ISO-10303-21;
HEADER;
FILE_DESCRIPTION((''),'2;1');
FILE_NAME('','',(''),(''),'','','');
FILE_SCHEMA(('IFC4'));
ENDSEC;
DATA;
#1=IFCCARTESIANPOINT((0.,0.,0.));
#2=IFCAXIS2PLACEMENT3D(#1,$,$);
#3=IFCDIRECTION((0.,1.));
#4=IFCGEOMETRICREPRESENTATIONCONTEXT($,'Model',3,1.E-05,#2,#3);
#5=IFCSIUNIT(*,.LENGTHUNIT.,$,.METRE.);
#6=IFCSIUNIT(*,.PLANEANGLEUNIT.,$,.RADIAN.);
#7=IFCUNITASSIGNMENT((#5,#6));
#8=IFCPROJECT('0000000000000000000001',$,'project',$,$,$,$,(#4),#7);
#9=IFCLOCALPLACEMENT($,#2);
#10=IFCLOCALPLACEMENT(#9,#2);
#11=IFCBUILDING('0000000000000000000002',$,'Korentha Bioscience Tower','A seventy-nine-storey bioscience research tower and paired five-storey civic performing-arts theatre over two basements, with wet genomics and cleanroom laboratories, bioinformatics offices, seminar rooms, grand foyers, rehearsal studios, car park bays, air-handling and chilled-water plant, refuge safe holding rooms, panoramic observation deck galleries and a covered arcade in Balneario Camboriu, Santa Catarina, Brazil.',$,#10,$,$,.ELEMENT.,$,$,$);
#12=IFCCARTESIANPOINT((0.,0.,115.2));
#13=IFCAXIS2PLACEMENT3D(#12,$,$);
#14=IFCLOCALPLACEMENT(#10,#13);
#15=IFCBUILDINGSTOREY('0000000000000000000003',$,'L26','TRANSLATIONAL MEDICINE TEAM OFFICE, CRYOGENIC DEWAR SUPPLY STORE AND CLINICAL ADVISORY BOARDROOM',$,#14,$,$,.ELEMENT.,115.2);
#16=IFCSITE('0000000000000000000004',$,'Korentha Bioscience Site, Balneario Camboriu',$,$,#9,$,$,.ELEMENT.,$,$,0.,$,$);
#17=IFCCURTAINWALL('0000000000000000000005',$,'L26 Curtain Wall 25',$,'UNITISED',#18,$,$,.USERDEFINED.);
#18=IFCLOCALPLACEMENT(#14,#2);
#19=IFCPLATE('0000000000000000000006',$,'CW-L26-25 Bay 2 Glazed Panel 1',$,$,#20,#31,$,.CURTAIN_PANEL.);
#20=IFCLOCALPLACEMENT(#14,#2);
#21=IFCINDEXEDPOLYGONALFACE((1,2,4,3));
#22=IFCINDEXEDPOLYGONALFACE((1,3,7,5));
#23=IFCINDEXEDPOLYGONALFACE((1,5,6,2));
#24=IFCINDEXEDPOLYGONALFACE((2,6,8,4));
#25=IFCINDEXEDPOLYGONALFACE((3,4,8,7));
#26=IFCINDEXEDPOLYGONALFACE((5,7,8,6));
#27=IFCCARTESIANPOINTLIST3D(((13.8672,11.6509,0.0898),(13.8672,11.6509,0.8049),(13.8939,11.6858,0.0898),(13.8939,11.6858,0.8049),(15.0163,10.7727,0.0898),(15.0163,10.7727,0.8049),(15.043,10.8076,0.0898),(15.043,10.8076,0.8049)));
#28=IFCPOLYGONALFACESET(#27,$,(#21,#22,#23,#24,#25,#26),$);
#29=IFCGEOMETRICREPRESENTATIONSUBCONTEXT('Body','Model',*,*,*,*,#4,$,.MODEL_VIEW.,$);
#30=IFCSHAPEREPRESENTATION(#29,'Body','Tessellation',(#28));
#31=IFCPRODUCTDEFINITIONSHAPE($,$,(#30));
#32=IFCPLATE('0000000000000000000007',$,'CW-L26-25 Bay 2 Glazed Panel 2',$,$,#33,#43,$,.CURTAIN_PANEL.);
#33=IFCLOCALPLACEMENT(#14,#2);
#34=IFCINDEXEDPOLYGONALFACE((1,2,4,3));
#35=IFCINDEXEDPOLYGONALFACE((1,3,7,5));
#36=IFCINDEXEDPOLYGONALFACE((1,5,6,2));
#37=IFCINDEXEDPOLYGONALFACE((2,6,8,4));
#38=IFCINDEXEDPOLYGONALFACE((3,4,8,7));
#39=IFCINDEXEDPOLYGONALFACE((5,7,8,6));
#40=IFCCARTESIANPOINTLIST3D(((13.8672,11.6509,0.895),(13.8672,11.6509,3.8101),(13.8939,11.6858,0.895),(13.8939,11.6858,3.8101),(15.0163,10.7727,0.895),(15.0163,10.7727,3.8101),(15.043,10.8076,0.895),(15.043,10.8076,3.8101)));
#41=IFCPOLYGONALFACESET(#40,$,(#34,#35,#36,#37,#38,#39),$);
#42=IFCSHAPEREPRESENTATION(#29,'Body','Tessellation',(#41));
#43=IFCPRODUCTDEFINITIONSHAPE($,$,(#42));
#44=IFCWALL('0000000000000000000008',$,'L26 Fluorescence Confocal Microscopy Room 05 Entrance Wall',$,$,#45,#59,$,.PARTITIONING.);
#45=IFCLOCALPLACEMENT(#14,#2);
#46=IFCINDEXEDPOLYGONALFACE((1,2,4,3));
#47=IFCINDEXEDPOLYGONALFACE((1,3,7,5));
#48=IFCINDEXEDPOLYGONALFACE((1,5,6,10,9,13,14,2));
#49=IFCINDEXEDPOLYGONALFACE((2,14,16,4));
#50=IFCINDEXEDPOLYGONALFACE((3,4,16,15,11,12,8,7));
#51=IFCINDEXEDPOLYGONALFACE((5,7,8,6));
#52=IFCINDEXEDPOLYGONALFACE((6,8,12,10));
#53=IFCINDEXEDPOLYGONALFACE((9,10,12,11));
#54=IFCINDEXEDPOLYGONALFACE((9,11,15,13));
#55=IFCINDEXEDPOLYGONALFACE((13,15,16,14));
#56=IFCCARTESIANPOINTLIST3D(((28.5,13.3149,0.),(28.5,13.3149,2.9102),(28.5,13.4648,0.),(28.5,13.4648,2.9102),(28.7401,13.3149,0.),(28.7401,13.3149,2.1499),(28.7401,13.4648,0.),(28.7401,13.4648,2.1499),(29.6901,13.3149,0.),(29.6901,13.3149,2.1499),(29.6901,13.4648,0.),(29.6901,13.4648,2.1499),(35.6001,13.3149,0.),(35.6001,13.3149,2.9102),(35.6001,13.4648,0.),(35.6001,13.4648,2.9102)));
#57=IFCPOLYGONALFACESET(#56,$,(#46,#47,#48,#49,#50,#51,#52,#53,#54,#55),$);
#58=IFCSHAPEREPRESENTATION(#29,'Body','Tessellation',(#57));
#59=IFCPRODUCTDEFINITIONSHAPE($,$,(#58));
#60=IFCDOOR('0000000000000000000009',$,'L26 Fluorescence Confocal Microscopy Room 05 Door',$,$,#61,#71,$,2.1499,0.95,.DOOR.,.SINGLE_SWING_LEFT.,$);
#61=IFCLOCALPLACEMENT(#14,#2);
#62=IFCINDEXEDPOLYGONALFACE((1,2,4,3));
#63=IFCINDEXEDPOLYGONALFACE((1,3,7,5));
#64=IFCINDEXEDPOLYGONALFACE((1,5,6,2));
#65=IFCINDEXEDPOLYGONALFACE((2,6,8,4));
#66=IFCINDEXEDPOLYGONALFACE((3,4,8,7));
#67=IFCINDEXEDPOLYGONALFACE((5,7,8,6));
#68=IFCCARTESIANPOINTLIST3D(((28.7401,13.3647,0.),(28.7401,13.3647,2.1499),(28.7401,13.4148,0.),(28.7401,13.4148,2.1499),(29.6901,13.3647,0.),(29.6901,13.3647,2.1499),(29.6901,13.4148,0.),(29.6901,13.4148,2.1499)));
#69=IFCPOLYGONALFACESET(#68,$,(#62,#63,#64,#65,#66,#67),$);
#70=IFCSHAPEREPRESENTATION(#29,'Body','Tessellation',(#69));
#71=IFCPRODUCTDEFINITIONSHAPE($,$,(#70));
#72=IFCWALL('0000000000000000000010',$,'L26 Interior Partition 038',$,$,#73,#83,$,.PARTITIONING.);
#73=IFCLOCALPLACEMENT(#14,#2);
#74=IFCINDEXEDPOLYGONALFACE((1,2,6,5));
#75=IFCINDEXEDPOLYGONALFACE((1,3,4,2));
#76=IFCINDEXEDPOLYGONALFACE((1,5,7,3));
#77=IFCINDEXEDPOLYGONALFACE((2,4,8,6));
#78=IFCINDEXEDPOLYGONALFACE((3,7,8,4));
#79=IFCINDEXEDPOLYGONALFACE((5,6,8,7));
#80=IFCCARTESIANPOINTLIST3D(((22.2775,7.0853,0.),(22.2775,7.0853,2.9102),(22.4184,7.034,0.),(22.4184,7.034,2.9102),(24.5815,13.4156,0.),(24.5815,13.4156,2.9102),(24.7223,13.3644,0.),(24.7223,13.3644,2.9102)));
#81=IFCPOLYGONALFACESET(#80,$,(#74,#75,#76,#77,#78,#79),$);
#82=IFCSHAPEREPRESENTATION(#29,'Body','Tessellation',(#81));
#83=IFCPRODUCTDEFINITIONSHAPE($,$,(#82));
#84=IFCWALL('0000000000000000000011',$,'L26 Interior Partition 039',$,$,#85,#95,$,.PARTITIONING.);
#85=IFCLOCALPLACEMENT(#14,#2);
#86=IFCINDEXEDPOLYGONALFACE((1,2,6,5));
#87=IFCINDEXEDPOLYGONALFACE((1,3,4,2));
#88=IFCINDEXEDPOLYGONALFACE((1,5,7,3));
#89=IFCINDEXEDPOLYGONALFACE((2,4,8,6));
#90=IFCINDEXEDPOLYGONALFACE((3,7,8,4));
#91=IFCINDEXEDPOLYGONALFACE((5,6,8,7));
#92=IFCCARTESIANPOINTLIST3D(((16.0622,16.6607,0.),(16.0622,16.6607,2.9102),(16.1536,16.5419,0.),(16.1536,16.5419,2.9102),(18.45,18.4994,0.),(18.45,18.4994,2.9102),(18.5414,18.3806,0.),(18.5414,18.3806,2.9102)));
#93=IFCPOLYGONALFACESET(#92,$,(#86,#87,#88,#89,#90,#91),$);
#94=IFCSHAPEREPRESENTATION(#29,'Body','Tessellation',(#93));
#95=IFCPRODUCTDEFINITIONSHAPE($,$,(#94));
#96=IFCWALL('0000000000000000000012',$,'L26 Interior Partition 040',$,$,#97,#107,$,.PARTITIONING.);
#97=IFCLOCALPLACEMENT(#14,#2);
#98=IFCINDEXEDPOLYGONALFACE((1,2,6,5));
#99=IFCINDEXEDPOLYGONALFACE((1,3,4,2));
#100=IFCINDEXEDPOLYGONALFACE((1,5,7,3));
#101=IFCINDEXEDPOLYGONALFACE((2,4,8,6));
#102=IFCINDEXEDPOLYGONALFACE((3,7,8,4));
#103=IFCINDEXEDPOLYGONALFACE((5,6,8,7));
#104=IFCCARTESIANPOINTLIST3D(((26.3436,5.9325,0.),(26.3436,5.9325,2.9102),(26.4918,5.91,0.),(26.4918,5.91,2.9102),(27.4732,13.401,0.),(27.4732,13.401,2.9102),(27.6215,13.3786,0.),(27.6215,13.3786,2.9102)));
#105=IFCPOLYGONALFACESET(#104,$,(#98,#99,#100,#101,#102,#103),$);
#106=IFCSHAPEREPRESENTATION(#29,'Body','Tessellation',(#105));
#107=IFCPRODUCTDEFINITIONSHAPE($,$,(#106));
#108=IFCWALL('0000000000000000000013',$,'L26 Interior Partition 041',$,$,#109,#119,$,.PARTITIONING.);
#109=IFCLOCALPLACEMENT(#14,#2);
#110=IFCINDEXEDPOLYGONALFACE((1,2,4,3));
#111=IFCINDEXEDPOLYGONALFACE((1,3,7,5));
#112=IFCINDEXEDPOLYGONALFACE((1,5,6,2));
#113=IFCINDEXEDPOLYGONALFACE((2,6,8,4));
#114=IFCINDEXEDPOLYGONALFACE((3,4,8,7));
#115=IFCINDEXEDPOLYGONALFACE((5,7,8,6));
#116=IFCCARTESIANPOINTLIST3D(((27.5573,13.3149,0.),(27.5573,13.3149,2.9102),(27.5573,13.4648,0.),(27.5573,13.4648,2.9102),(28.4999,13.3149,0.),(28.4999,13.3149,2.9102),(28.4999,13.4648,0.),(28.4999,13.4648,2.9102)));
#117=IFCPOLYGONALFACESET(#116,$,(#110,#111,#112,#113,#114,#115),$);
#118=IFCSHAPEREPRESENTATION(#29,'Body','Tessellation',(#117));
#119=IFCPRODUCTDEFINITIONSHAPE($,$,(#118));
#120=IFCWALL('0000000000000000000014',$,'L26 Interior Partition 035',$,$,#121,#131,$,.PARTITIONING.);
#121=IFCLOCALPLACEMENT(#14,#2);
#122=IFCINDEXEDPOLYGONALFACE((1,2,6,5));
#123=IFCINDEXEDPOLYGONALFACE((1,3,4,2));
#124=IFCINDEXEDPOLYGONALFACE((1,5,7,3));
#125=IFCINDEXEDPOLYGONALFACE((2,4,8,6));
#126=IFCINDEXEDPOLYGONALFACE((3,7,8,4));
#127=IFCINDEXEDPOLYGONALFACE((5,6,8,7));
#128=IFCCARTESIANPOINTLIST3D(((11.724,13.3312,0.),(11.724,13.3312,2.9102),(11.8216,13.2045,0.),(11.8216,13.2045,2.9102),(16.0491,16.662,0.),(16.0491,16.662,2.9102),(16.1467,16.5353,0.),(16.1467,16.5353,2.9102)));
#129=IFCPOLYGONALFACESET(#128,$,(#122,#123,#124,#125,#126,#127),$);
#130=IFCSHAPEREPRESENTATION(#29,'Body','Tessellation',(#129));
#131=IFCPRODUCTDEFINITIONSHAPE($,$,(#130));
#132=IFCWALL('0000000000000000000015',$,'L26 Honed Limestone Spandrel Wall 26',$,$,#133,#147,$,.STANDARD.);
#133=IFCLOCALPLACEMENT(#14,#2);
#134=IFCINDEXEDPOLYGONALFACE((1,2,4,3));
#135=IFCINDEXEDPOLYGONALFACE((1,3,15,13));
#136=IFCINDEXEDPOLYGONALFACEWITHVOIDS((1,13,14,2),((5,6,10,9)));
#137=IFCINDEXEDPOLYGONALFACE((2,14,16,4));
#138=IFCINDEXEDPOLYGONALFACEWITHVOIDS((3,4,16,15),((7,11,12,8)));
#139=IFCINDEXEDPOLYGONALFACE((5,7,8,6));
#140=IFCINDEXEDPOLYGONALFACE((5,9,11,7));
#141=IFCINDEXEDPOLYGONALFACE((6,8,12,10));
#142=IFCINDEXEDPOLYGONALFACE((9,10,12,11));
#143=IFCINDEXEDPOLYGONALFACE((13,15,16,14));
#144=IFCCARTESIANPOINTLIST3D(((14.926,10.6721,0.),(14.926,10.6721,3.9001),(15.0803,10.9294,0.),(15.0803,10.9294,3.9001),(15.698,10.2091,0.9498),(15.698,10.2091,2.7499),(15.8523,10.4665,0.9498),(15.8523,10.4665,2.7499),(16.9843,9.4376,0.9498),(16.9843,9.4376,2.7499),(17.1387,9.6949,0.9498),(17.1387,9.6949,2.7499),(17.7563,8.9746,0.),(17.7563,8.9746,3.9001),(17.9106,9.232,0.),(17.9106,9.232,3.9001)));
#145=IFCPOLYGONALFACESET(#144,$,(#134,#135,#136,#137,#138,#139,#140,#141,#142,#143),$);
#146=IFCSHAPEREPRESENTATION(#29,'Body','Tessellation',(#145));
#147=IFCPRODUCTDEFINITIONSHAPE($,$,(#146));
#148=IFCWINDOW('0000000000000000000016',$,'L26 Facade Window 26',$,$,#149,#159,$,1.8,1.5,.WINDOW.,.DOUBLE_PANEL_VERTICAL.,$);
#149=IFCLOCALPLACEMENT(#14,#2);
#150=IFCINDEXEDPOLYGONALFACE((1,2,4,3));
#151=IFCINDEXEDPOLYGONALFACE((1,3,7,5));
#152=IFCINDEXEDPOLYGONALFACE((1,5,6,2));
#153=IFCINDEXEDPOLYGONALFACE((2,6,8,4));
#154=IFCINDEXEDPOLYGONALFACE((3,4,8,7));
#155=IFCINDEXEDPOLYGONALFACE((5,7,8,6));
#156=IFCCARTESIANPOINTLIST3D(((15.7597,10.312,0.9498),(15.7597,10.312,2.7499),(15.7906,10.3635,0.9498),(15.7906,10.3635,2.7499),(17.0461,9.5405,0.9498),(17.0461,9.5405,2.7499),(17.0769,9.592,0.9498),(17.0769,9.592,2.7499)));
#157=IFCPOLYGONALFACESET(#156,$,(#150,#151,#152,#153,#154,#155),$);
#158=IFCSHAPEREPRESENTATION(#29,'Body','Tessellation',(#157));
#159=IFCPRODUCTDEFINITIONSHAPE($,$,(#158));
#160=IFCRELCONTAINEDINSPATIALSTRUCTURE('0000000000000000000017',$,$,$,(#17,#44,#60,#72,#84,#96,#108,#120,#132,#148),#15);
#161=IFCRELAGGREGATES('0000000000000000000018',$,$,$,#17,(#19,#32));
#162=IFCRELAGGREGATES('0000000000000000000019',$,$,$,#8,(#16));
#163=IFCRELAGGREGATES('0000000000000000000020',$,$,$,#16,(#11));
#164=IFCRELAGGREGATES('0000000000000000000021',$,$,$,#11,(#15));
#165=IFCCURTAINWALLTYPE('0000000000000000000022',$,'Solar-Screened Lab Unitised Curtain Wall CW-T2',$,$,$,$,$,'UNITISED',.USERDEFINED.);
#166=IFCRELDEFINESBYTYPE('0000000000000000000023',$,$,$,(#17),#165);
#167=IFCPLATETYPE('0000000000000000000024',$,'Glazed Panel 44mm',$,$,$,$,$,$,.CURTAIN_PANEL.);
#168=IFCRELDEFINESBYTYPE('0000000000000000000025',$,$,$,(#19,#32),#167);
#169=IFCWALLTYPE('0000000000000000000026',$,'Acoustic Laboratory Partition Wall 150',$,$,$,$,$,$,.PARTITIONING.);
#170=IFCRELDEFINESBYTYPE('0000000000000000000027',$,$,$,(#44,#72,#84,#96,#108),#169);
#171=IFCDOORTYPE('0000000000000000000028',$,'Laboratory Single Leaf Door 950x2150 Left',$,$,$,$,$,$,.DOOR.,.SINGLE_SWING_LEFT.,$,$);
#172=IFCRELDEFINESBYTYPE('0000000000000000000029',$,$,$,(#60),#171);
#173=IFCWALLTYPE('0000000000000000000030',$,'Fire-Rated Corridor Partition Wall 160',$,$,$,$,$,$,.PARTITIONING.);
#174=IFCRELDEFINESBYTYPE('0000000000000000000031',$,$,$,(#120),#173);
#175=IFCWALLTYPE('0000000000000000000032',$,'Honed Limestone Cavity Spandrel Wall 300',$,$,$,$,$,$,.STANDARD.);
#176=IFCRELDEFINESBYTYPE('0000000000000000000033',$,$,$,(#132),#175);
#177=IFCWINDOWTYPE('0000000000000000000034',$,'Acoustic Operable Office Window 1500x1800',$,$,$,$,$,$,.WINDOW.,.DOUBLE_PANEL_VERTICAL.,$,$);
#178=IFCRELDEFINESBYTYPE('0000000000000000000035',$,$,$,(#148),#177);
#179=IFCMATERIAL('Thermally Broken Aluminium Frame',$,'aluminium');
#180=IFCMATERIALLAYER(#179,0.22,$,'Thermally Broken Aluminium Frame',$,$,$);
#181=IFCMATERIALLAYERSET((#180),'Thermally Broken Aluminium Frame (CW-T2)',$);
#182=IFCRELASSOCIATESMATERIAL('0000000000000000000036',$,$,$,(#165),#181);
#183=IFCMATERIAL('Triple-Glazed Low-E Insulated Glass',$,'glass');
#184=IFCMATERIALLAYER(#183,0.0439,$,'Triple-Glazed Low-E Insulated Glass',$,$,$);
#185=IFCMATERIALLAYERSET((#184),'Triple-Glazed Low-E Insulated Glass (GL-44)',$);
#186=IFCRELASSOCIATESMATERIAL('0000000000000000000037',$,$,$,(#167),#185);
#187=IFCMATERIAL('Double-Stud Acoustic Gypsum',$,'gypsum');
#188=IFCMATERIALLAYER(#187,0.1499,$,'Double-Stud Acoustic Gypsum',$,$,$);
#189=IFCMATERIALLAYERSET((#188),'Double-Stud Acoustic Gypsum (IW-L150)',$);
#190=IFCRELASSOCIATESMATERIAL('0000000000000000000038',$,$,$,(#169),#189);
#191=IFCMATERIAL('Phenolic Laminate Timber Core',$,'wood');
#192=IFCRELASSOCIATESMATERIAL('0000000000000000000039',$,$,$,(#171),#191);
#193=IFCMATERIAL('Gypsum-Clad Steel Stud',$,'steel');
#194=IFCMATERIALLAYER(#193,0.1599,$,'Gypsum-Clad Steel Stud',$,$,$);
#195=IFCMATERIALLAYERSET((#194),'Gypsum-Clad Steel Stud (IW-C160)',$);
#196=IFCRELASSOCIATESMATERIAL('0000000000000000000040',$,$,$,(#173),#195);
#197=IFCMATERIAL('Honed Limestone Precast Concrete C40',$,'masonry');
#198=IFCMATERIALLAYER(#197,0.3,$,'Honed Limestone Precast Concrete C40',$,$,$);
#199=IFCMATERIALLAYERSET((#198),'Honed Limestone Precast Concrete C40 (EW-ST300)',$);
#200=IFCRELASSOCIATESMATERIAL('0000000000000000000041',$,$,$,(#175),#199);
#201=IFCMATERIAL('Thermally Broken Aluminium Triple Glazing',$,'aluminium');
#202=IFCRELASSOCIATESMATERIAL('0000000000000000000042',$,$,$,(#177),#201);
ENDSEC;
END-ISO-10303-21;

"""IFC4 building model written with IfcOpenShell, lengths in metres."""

from ifc_helpers import new_model, si_unit, direction, frame, frame_2d, origin, origin_2d, place, context, subcontext, project, spatial, rectangle, extrude, material, layer, layer_set, type_object, element, fill, aggregate, save


model = new_model("IFC4")

# Units and contexts
model_context = context("Model", 3, precision=1e-05, world=origin(), true_north=direction((0.0, 1.0)))
body_context = subcontext(model_context, "Body", "Model", "MODEL_VIEW")
ifc_project = project(units=[si_unit("LENGTHUNIT", "METRE"), si_unit("PLANEANGLEUNIT", "RADIAN")], contexts=[model_context])

# Site, building, storey
site_placement = place(None, origin())
site = spatial("IfcSite", under=ifc_project, at=site_placement, Name="Korentha Bioscience Site, Balneario Camboriu", CompositionType="ELEMENT", RefElevation=0.0)
building_placement = place(site_placement, origin())
building = spatial("IfcBuilding", under=site, at=building_placement, Name="Korentha Bioscience Tower", Description="A seventy-nine-storey bioscience research tower and paired five-storey civic performing-arts theatre over two basements, with wet genomics and cleanroom laboratories, bioinformatics offices, seminar rooms, grand foyers, rehearsal studios, car park bays, air-handling and chilled-water plant, refuge safe holding rooms, panoramic observation deck galleries and a covered arcade in Balneario Camboriu, Santa Catarina, Brazil.", CompositionType="ELEMENT")
storey_placement = place(building_placement, frame((0.0, 0.0, 115.2)))
storey = spatial("IfcBuildingStorey", under=building, at=storey_placement, Name="L26", Description="TRANSLATIONAL MEDICINE TEAM OFFICE, CRYOGENIC DEWAR SUPPLY STORE AND CLINICAL ADVISORY BOARDROOM", CompositionType="ELEMENT", Elevation=115.2)

# Curtain wall
ifc_material_1 = material(Name="Thermally Broken Aluminium Frame", Category="aluminium")
ifc_layer_1 = layer(ifc_material_1, 0.22, Name="Thermally Broken Aluminium Frame")
ifc_layer_set_1 = layer_set([ifc_layer_1], Name="Thermally Broken Aluminium Frame (CW-T2)")
curtain_wall_type = type_object("IfcCurtainWallType", Name="Solar-Screened Lab Unitised Curtain Wall CW-T2", ElementType="UNITISED", PredefinedType="USERDEFINED", material=ifc_layer_set_1)
curtain_wall_placement = place(storey_placement, origin())
curtain_wall = element("IfcCurtainWall", 1, at=curtain_wall_placement, inside=storey, type_object=curtain_wall_type, Name="L26 Curtain Wall 25", ObjectType="UNITISED", PredefinedType="USERDEFINED")

# Plates
ifc_material_2 = material(Name="Triple-Glazed Low-E Insulated Glass", Category="glass")
ifc_layer_2 = layer(ifc_material_2, 0.0439, Name="Triple-Glazed Low-E Insulated Glass")
ifc_layer_set_2 = layer_set([ifc_layer_2], Name="Triple-Glazed Low-E Insulated Glass (GL-44)")
plate_type = type_object("IfcPlateType", Name="Glazed Panel 44mm", PredefinedType="CURTAIN_PANEL", material=ifc_layer_set_2)
plate_1_placement = place(storey_placement, frame((14.4551, 11.2292, 0.0898), z_axis=(0.0, 0.0, 1.0), x_axis=(0.7945, -0.607265, 0.0)))
plate_1 = element("IfcPlate", 2, at=plate_1_placement, type_object=plate_type, Name="CW-L26-25 Bay 2 Glazed Panel 1", PredefinedType="CURTAIN_PANEL", context=body_context, shape_type="SweptSolid", body=[
    extrude(rectangle(XDim=1.4463, YDim=0.0439, at=origin_2d()), origin(), (0.0, 0.0, 1.0), 0.7151),
])
plate_2_placement = place(storey_placement, frame((14.4551, 11.2292, 0.895), z_axis=(0.0, 0.0, 1.0), x_axis=(0.7945, -0.607265, 0.0)))
plate_2 = element("IfcPlate", 3, at=plate_2_placement, type_object=plate_type, Name="CW-L26-25 Bay 2 Glazed Panel 2", PredefinedType="CURTAIN_PANEL", context=body_context, shape_type="SweptSolid", body=[
    extrude(rectangle(XDim=1.4463, YDim=0.0439, at=origin_2d()), origin(), (0.0, 0.0, 1.0), 2.915),
])
aggregate(curtain_wall, [plate_1, plate_2])

# Wall, opening, door
ifc_material_3 = material(Name="Double-Stud Acoustic Gypsum", Category="gypsum")
ifc_layer_3 = layer(ifc_material_3, 0.1499, Name="Double-Stud Acoustic Gypsum")
ifc_layer_set_3 = layer_set([ifc_layer_3], Name="Double-Stud Acoustic Gypsum (IW-L150)")
wall_type_1 = type_object("IfcWallType", Name="Acoustic Laboratory Partition Wall 150", PredefinedType="PARTITIONING", material=ifc_layer_set_3)
ifc_material_4 = material(Name="Phenolic Laminate Timber Core", Category="wood")
door_type_1 = type_object("IfcDoorType", Name="Laboratory Single Leaf Door 950x2150 Left", OperationType="SINGLE_SWING_LEFT", PredefinedType="DOOR", material=ifc_material_4)
wall_1_placement = place(storey_placement, frame((28.5, 13.3899, 0.0), z_axis=(0.0, 0.0, 1.0), x_axis=(1.0, 0.0, 0.0)))
wall_1 = element("IfcWall", 4, at=wall_1_placement, inside=storey, type_object=wall_type_1, Name="L26 Fluorescence Confocal Microscopy Room 05 Entrance Wall", PredefinedType="PARTITIONING", context=body_context, shape_type="SweptSolid", body=[
    extrude(rectangle(XDim=7.1001, YDim=0.1499, at=frame_2d((3.55, 0.0))), origin(), (0.0, 0.0, 1.0), 2.9102),
])
opening_1_placement = place(wall_1_placement, frame((0.24, 0.0, 0.0)))
opening_1 = element("IfcOpeningElement", 5, at=opening_1_placement, cuts=wall_1, PredefinedType="OPENING", context=body_context, shape_type="SweptSolid", body=[
    extrude(rectangle(XDim=0.95, YDim=2.1499, at=frame_2d((0.4751, 1.075))), frame((0.0, 0.0898, 0.0), z_axis=(0.0, -1.0, 0.0), x_axis=(1.0, 0.0, 0.0)), (0.0, 0.0, 1.0), 0.1797),
])
door_1_placement = place(opening_1_placement, origin())
door_1 = element("IfcDoor", 6, at=door_1_placement, inside=storey, type_object=door_type_1, Name="L26 Fluorescence Confocal Microscopy Room 05 Door", OperationType="SINGLE_SWING_LEFT", OverallHeight=2.1499, OverallWidth=0.95, PredefinedType="DOOR", context=body_context, shape_type="SweptSolid", body=[
    extrude(rectangle(XDim=0.95, YDim=2.1499, at=frame_2d((0.4751, 1.075))), frame((0.0, 0.0249, 0.0), z_axis=(0.0, -1.0, 0.0), x_axis=(1.0, 0.0, 0.0)), (0.0, 0.0, 1.0), 0.05),
])
fill(opening_1, door_1)

# Walls
wall_2_placement = place(storey_placement, frame((24.6519, 13.3899, 0.0), z_axis=(0.0, 0.0, 1.0), x_axis=(-0.342008, -0.939697, 0.0)))
element("IfcWall", 7, at=wall_2_placement, inside=storey, type_object=wall_type_1, Name="L26 Interior Partition 038", PredefinedType="PARTITIONING", context=body_context, shape_type="SweptSolid", body=[
    extrude(rectangle(XDim=6.7366, YDim=0.1499, at=frame_2d((3.3682, 0.0))), origin(), (0.0, 0.0, 1.0), 2.9102),
])
wall_3_placement = place(storey_placement, frame((16.1079, 16.6013, 0.0), z_axis=(0.0, 0.0, 1.0), x_axis=(0.792314, 0.610114, 0.0)))
element("IfcWall", 8, at=wall_3_placement, inside=storey, type_object=wall_type_1, Name="L26 Interior Partition 039", PredefinedType="PARTITIONING", context=body_context, shape_type="SweptSolid", body=[
    extrude(rectangle(XDim=3.0137, YDim=0.1499, at=frame_2d((1.5068, 0.0))), origin(), (0.0, 0.0, 1.0), 2.9102),
])
wall_4_placement = place(storey_placement, frame((27.5474, 13.3899, 0.0), z_axis=(0.0, 0.0, 1.0), x_axis=(-0.149553, -0.988754, 0.0)))
element("IfcWall", 9, at=wall_4_placement, inside=storey, type_object=wall_type_1, Name="L26 Interior Partition 040", PredefinedType="PARTITIONING", context=body_context, shape_type="SweptSolid", body=[
    extrude(rectangle(XDim=7.5535, YDim=0.1499, at=frame_2d((3.7769, 0.0))), origin(), (0.0, 0.0, 1.0), 2.9102),
])
wall_5_placement = place(storey_placement, frame((27.5574, 13.3899, 0.0), z_axis=(0.0, 0.0, 1.0), x_axis=(1.0, 0.0, 0.0)))
element("IfcWall", 10, at=wall_5_placement, inside=storey, type_object=wall_type_1, Name="L26 Interior Partition 041", PredefinedType="PARTITIONING", context=body_context, shape_type="SweptSolid", body=[
    extrude(rectangle(XDim=0.9426, YDim=0.1499, at=frame_2d((0.4712, 0.0))), origin(), (0.0, 0.0, 1.0), 2.9102),
])
ifc_material_5 = material(Name="Gypsum-Clad Steel Stud", Category="steel")
ifc_layer_4 = layer(ifc_material_5, 0.1599, Name="Gypsum-Clad Steel Stud")
ifc_layer_set_4 = layer_set([ifc_layer_4], Name="Gypsum-Clad Steel Stud (IW-C160)")
wall_type_2 = type_object("IfcWallType", Name="Fire-Rated Corridor Partition Wall 160", PredefinedType="PARTITIONING", material=ifc_layer_set_4)
wall_6_placement = place(storey_placement, frame((16.0979, 16.5986, 0.0), z_axis=(0.0, 0.0, 1.0), x_axis=(-0.792293, -0.610141, 0.0)))
element("IfcWall", 11, at=wall_6_placement, inside=storey, type_object=wall_type_2, Name="L26 Interior Partition 035", PredefinedType="PARTITIONING", context=body_context, shape_type="SweptSolid", body=[
    extrude(rectangle(XDim=5.459, YDim=0.1599, at=frame_2d((2.7295, 0.0))), origin(), (0.0, 0.0, 1.0), 2.9102),
])

# Wall, opening, window
ifc_material_6 = material(Name="Honed Limestone Precast Concrete C40", Category="masonry")
ifc_layer_5 = layer(ifc_material_6, 0.3, Name="Honed Limestone Precast Concrete C40")
ifc_layer_set_5 = layer_set([ifc_layer_5], Name="Honed Limestone Precast Concrete C40 (EW-ST300)")
wall_type_3 = type_object("IfcWallType", Name="Honed Limestone Cavity Spandrel Wall 300", PredefinedType="STANDARD", material=ifc_layer_set_5)
wall_7_placement = place(storey_placement, frame((15.0032, 10.8008, 0.0), z_axis=(0.0, 0.0, 1.0), x_axis=(0.857584, -0.514343, 0.0)))
wall_7 = element("IfcWall", 12, at=wall_7_placement, inside=storey, type_object=wall_type_3, Name="L26 Honed Limestone Spandrel Wall 26", PredefinedType="STANDARD", context=body_context, shape_type="SweptSolid", body=[
    extrude(rectangle(XDim=3.3003, YDim=0.3, at=frame_2d((1.6501, 0.0))), origin(), (0.0, 0.0, 1.0), 3.9001),
])
opening_2_placement = place(wall_7_placement, frame((0.9001, 0.0, 0.95)))
opening_2 = element("IfcOpeningElement", 13, at=opening_2_placement, cuts=wall_7, PredefinedType="OPENING", context=body_context, shape_type="SweptSolid", body=[
    extrude(rectangle(XDim=1.5, YDim=1.8, at=frame_2d((0.75, 0.8999))), frame((0.0, 0.165, 0.0), z_axis=(0.0, -1.0, 0.0), x_axis=(1.0, 0.0, 0.0)), (0.0, 0.0, 1.0), 0.3298),
])
ifc_material_7 = material(Name="Thermally Broken Aluminium Triple Glazing", Category="aluminium")
window_type = type_object("IfcWindowType", Name="Acoustic Operable Office Window 1500x1800", PartitioningType="DOUBLE_PANEL_VERTICAL", PredefinedType="WINDOW", material=ifc_material_7)
window_1_placement = place(opening_2_placement, origin())
window_1 = element("IfcWindow", 14, at=window_1_placement, inside=storey, type_object=window_type, Name="L26 Facade Window 26", OverallHeight=1.8, OverallWidth=1.5, PartitioningType="DOUBLE_PANEL_VERTICAL", PredefinedType="WINDOW", context=body_context, shape_type="SweptSolid", body=[
    extrude(rectangle(XDim=1.5, YDim=1.8, at=frame_2d((0.75, 0.8999))), frame((0.0, 0.03, 0.0), z_axis=(0.0, -1.0, 0.0), x_axis=(1.0, 0.0, 0.0)), (0.0, 0.0, 1.0), 0.0601),
])
fill(opening_2, window_1)

save(model, "model.ifc")
